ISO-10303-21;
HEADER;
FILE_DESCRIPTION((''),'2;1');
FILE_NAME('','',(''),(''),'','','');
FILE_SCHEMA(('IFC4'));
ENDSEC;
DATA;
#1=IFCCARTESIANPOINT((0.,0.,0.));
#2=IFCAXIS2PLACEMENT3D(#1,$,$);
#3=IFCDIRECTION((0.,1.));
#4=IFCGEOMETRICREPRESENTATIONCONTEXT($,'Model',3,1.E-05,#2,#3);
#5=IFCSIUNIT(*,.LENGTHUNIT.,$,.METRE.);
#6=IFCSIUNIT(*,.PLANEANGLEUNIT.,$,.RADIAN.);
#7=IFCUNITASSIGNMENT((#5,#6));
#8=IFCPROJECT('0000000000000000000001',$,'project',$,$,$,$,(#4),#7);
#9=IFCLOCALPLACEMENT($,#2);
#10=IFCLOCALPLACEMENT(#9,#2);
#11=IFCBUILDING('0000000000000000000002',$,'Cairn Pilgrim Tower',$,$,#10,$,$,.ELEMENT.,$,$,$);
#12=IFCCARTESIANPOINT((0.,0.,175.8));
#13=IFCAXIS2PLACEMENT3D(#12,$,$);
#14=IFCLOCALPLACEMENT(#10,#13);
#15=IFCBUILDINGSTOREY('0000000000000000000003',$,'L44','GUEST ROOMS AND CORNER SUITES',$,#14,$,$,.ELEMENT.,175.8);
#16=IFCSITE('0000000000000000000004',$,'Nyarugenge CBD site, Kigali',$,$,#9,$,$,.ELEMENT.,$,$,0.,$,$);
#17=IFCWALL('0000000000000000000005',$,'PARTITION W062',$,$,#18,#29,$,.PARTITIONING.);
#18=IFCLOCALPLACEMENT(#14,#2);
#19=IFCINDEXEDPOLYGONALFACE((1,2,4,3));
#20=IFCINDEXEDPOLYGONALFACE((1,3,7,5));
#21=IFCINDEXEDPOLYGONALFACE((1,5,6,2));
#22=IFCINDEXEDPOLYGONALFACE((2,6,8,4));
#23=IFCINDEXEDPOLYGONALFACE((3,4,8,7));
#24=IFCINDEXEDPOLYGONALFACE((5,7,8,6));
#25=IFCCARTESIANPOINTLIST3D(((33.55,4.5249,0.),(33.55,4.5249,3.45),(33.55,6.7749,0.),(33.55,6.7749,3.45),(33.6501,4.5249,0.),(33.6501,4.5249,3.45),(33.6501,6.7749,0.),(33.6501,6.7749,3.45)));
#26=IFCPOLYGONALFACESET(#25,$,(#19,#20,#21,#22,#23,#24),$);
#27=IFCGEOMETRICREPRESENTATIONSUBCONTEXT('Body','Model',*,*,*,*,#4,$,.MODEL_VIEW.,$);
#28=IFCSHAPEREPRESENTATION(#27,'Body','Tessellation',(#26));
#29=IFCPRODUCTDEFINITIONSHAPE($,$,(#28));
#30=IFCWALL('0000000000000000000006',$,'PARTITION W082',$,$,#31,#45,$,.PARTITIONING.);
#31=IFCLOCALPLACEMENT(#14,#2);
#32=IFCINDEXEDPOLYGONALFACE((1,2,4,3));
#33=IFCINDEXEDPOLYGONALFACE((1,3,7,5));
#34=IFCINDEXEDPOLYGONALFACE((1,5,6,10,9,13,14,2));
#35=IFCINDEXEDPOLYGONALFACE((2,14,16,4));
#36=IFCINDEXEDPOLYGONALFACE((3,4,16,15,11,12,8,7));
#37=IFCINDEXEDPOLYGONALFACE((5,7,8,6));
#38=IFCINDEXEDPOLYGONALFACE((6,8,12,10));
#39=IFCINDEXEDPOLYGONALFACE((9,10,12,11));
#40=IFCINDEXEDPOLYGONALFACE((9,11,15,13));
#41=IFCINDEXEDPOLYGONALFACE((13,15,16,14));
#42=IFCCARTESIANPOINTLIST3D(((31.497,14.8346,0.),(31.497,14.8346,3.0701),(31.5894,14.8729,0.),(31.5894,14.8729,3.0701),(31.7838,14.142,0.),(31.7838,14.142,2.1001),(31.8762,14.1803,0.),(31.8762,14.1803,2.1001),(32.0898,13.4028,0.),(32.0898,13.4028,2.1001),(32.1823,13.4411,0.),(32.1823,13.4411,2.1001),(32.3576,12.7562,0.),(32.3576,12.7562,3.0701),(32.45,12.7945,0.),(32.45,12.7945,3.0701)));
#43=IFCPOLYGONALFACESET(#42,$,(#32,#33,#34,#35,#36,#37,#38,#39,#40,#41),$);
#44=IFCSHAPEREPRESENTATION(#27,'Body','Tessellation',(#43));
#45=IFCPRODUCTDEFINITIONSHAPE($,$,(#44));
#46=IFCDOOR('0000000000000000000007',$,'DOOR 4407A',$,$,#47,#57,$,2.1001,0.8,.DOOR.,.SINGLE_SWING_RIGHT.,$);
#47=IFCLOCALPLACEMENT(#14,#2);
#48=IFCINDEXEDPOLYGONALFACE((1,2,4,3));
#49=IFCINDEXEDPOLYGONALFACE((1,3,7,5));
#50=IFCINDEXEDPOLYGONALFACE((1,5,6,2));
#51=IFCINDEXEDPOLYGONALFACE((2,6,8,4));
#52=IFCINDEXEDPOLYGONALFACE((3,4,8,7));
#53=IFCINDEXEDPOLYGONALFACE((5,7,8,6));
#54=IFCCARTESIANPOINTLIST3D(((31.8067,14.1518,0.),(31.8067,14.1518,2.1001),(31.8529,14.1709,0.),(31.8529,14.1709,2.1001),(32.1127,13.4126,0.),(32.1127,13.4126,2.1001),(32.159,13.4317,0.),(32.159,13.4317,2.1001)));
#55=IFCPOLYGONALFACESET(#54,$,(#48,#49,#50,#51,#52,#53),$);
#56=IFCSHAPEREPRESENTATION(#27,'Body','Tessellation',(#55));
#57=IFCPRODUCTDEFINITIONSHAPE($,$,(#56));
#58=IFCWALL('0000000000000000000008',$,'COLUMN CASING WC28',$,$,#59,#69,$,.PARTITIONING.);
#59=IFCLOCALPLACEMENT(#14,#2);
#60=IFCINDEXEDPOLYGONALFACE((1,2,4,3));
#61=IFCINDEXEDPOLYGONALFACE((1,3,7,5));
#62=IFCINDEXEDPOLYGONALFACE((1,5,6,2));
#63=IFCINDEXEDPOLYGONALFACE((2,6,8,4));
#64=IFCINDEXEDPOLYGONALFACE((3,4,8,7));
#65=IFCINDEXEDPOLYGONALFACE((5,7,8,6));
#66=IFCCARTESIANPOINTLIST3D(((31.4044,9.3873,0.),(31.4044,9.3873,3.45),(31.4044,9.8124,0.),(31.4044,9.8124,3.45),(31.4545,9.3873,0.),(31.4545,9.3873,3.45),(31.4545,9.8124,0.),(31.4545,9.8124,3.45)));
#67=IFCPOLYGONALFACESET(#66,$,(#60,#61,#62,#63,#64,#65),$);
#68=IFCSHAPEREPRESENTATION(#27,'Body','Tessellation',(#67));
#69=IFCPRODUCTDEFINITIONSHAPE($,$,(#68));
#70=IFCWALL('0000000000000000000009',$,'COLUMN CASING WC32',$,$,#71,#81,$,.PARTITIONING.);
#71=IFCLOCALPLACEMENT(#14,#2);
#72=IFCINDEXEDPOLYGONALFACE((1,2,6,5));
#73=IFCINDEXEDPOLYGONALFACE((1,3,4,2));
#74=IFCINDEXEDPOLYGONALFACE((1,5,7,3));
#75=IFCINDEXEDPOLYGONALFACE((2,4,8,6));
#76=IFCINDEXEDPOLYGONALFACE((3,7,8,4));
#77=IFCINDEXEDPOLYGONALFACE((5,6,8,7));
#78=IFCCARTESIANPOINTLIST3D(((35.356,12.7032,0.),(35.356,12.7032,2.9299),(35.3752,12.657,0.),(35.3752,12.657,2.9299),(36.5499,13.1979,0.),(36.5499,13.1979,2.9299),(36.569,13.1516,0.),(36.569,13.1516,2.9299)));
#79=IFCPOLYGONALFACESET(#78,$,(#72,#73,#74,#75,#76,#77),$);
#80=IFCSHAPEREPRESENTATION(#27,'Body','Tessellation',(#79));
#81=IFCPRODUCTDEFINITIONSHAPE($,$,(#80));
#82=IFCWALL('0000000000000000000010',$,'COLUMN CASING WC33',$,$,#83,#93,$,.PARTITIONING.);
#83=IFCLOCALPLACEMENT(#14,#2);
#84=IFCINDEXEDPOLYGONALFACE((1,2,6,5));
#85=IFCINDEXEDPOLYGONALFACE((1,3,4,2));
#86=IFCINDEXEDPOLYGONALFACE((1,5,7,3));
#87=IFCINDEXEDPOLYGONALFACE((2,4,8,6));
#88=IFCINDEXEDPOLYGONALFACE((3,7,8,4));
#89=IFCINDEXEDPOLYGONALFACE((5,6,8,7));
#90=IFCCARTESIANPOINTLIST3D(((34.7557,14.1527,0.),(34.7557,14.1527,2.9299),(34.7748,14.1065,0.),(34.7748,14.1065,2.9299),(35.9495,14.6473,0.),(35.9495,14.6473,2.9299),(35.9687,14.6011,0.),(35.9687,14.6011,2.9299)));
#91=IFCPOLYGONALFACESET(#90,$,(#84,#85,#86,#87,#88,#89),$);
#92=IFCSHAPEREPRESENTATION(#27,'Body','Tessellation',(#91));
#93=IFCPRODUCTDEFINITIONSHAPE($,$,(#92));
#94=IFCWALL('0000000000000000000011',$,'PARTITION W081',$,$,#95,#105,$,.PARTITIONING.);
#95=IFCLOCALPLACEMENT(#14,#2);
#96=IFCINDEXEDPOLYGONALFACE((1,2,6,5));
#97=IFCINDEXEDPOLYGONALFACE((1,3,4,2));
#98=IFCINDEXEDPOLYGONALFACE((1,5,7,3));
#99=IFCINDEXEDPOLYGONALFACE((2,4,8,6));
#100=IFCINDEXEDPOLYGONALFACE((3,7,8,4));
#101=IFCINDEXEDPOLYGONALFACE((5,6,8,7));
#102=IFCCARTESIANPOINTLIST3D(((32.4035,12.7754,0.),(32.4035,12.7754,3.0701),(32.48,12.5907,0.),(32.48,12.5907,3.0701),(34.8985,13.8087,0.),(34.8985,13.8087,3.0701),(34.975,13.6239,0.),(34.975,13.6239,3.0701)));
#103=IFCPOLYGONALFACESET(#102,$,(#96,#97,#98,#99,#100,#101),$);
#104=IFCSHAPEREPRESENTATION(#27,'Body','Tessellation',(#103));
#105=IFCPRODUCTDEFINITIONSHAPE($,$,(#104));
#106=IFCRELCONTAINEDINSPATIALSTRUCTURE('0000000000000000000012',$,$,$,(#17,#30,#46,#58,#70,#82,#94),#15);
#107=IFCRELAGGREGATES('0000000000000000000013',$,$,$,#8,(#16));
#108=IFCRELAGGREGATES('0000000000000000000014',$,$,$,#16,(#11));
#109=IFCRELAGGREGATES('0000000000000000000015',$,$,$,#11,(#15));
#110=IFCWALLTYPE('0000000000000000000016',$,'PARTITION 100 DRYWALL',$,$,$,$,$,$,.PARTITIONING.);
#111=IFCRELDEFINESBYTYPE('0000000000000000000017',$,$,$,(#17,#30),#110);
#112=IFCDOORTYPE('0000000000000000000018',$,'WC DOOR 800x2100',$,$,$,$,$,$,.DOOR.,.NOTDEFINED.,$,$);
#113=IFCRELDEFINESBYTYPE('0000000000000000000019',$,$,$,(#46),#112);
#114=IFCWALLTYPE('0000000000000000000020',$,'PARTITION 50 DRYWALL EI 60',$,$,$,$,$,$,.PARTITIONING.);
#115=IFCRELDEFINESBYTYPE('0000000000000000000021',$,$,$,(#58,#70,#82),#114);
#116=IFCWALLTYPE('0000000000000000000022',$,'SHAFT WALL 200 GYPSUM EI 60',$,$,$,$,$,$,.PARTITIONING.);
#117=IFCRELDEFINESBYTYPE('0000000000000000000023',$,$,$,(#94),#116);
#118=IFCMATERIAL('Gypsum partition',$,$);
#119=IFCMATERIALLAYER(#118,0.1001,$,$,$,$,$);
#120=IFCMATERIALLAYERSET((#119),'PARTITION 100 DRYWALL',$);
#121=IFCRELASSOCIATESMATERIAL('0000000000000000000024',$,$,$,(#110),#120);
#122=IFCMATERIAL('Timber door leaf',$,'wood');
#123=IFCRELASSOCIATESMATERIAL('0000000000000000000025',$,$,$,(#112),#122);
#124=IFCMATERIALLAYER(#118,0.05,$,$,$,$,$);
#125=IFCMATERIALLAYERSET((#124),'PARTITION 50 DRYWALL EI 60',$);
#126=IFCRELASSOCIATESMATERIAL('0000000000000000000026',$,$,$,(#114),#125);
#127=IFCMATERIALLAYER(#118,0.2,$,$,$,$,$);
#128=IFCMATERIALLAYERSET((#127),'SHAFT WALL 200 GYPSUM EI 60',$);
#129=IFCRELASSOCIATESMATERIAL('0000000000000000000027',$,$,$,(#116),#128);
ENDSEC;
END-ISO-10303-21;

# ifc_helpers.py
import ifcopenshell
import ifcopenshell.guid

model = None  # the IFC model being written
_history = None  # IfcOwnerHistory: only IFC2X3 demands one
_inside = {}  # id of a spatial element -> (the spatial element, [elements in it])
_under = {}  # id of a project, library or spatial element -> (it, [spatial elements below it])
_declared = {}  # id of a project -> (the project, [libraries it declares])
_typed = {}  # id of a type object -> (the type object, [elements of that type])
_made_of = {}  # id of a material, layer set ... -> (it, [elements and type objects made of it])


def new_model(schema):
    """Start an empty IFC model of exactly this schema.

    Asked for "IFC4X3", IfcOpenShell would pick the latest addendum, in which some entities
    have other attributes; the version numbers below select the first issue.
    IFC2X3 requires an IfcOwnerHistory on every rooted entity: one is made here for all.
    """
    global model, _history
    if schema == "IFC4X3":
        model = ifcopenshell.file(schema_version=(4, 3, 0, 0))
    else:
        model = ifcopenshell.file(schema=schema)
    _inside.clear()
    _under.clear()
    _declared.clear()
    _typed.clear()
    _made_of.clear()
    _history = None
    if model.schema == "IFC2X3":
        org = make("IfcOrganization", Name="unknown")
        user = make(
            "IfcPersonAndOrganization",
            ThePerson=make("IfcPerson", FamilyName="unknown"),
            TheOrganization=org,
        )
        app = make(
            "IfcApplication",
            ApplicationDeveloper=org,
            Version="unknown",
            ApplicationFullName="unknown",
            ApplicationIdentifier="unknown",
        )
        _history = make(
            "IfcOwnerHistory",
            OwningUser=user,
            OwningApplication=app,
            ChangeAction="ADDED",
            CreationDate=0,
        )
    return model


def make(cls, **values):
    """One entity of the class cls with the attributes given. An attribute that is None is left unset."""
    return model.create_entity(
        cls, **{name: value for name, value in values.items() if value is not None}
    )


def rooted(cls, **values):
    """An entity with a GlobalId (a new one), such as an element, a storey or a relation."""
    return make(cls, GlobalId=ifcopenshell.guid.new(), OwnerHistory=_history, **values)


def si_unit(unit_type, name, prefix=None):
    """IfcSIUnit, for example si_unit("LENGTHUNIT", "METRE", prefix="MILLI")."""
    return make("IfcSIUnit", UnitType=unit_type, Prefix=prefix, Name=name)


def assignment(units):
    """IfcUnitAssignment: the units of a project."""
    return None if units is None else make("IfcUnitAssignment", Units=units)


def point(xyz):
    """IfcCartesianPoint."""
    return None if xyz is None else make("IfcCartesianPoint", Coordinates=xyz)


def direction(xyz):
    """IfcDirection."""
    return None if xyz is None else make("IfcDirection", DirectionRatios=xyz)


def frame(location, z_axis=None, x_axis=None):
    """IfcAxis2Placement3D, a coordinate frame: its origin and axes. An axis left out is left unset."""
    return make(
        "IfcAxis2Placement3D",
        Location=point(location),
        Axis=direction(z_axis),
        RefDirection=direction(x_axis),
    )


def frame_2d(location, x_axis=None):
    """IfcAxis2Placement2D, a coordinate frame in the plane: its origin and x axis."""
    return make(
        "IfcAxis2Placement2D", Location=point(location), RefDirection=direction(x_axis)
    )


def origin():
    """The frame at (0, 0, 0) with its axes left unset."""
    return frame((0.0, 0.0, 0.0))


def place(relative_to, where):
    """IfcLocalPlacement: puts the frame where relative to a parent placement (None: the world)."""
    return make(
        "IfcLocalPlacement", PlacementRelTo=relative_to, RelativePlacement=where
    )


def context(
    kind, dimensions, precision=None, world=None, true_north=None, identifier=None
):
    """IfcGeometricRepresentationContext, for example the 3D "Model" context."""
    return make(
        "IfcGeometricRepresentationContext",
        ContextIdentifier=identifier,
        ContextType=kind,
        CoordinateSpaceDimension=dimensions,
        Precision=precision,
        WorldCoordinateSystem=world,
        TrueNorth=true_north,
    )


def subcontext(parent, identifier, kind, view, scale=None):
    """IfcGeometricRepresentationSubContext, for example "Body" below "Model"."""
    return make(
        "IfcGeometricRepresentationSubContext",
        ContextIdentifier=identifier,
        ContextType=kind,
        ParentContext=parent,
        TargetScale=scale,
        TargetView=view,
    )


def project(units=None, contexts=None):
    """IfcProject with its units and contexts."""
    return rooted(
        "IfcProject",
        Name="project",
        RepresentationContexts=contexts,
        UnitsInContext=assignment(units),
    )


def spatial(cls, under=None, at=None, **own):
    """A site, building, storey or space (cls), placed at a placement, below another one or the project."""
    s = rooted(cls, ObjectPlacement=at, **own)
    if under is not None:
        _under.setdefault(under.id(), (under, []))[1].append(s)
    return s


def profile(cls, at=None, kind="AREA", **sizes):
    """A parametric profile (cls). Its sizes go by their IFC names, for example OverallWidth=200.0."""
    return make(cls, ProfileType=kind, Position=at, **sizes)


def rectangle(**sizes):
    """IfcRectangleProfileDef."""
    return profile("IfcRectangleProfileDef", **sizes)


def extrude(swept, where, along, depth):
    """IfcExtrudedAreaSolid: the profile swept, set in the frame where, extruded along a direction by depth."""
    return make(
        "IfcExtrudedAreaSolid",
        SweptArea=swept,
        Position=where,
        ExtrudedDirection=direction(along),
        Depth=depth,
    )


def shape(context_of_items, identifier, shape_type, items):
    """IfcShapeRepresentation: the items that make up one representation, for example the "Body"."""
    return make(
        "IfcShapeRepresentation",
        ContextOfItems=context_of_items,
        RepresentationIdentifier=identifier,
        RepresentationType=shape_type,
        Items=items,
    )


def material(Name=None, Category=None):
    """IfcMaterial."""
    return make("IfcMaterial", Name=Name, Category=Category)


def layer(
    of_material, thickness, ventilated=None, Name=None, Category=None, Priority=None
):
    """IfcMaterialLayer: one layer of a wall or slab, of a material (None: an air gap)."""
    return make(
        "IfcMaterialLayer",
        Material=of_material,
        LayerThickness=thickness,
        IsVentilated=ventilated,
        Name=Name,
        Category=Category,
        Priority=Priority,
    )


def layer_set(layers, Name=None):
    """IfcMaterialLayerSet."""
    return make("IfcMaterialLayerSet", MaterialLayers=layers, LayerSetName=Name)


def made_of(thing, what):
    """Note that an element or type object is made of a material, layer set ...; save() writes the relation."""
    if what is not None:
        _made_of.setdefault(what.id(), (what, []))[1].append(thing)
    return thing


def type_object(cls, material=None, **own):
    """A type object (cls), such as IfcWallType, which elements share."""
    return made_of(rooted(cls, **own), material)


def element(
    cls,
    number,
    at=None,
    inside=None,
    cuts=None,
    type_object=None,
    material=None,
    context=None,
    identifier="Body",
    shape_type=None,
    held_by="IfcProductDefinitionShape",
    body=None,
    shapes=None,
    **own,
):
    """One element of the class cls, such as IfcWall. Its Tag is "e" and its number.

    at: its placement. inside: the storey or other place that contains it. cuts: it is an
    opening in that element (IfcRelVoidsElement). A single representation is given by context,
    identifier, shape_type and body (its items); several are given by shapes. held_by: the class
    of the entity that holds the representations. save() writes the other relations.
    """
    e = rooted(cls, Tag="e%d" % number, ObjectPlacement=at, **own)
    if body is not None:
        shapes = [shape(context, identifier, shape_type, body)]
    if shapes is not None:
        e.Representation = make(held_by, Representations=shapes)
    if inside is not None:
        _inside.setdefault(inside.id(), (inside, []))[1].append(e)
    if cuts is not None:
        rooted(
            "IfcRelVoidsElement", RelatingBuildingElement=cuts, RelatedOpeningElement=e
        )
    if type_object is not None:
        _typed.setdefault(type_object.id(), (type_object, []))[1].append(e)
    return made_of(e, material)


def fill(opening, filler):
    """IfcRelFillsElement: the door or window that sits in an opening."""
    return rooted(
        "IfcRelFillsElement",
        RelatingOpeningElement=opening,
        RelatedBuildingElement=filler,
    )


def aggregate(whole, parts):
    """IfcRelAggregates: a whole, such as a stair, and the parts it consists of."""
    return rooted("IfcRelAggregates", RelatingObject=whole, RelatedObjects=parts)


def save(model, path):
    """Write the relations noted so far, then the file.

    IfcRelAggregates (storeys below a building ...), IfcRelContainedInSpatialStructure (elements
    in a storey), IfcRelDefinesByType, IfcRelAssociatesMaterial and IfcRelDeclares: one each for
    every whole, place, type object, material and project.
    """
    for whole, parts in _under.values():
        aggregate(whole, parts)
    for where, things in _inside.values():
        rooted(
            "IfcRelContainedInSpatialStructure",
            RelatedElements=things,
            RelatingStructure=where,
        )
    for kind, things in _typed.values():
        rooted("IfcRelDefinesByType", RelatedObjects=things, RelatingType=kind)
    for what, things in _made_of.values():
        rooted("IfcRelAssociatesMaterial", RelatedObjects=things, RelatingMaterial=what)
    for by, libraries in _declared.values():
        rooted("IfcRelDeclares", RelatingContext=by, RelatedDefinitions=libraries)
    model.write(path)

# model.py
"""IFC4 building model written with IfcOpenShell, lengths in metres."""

from ifc_helpers import new_model, si_unit, direction, frame, frame_2d, origin, place, context, subcontext, project, spatial, rectangle, extrude, material, layer, layer_set, type_object, element, fill, save


model = new_model("IFC4")

# Units and contexts
model_context = context("Model", 3, precision=1e-05, world=origin(), true_north=direction((0.0, 1.0)))
body_context = subcontext(model_context, "Body", "Model", "MODEL_VIEW")
ifc_project = project(units=[si_unit("LENGTHUNIT", "METRE"), si_unit("PLANEANGLEUNIT", "RADIAN")], contexts=[model_context])

# Site, building, storey
site_placement = place(None, origin())
site = spatial("IfcSite", under=ifc_project, at=site_placement, Name="Nyarugenge CBD site, Kigali", CompositionType="ELEMENT", RefElevation=0.0)
building_placement = place(site_placement, origin())
building = spatial("IfcBuilding", under=site, at=building_placement, Name="Cairn Pilgrim Tower", CompositionType="ELEMENT")
storey_placement = place(building_placement, frame((0.0, 0.0, 175.8)))
storey = spatial("IfcBuildingStorey", under=building, at=storey_placement, Name="L44", Description="GUEST ROOMS AND CORNER SUITES", CompositionType="ELEMENT", Elevation=175.8)

# Wall
ifc_material_1 = material(Name="Gypsum partition")
ifc_layer_1 = layer(ifc_material_1, 0.1001)
ifc_layer_set_1 = layer_set([ifc_layer_1], Name="PARTITION 100 DRYWALL")
wall_type_1 = type_object("IfcWallType", Name="PARTITION 100 DRYWALL", PredefinedType="PARTITIONING", material=ifc_layer_set_1)
wall_1_placement = place(storey_placement, frame((33.6001, 4.5249, 0.0), z_axis=(0.0, 0.0, 1.0), x_axis=(0.0, 1.0, 0.0)))
element("IfcWall", 1, at=wall_1_placement, inside=storey, type_object=wall_type_1, Name="PARTITION W062", PredefinedType="PARTITIONING", context=body_context, shape_type="SweptSolid", body=[
    extrude(rectangle(XDim=2.25, YDim=0.1001, at=frame_2d((1.125, 0.0))), origin(), (0.0, 0.0, 1.0), 3.45),
])

# Wall, opening, door
wall_2_placement = place(storey_placement, frame((32.4038, 12.7754, 0.0), z_axis=(0.0, 0.0, 1.0), x_axis=(-0.382572, 0.923926, 0.0)))
wall_2 = element("IfcWall", 2, at=wall_2_placement, inside=storey, type_object=wall_type_1, Name="PARTITION W082", PredefinedType="PARTITIONING", context=body_context, shape_type="SweptSolid", body=[
    extrude(rectangle(XDim=2.2495, YDim=0.1001, at=frame_2d((1.1248, 0.0))), origin(), (0.0, 0.0, 1.0), 3.0701),
])
opening_1_placement = place(wall_2_placement, frame((0.7, 0.0, 0.0)))
opening_1 = element("IfcOpeningElement", 3, at=opening_1_placement, cuts=wall_2, PredefinedType="OPENING", context=body_context, shape_type="SweptSolid", body=[
    extrude(rectangle(XDim=0.8, YDim=2.1001, at=frame_2d((0.3999, 1.05))), frame((0.0, 0.0601, 0.0), z_axis=(0.0, -1.0, 0.0), x_axis=(1.0, 0.0, 0.0)), (0.0, 0.0, 1.0), 0.1201),
])
ifc_material_2 = material(Name="Timber door leaf", Category="wood")
door_type_1 = type_object("IfcDoorType", Name="WC DOOR 800x2100", OperationType="NOTDEFINED", PredefinedType="DOOR", material=ifc_material_2)
door_1_placement = place(opening_1_placement, frame((0.8, 0.0, 0.0), z_axis=(0.0, 0.0, 1.0), x_axis=(-1.0, 0.0, 0.0)))
door_1 = element("IfcDoor", 4, at=door_1_placement, inside=storey, type_object=door_type_1, Name="DOOR 4407A", OperationType="SINGLE_SWING_RIGHT", OverallHeight=2.1001, OverallWidth=0.8, PredefinedType="DOOR", context=body_context, shape_type="SweptSolid", body=[
    extrude(rectangle(XDim=0.8, YDim=2.1001, at=frame_2d((0.3999, 1.05))), frame((0.0, 0.0249, 0.0), z_axis=(0.0, -1.0, 0.0), x_axis=(1.0, 0.0, 0.0)), (0.0, 0.0, 1.0), 0.05),
])
fill(opening_1, door_1)

# Walls
ifc_layer_2 = layer(ifc_material_1, 0.05)
ifc_layer_set_2 = layer_set([ifc_layer_2], Name="PARTITION 50 DRYWALL EI 60")
wall_type_2 = type_object("IfcWallType", Name="PARTITION 50 DRYWALL EI 60", PredefinedType="PARTITIONING", material=ifc_layer_set_2)
wall_3_placement = place(storey_placement, frame((31.4294, 9.3875, 0.0), z_axis=(0.0, 0.0, 1.0), x_axis=(0.0, 1.0, 0.0)))
element("IfcWall", 5, at=wall_3_placement, inside=storey, type_object=wall_type_2, Name="COLUMN CASING WC28", PredefinedType="PARTITIONING", context=body_context, shape_type="SweptSolid", body=[
    extrude(rectangle(XDim=0.425, YDim=0.05, at=frame_2d((0.2124, 0.0))), origin(), (0.0, 0.0, 1.0), 3.45),
])
for number, where, z_axis, x_axis, name in (
    (6, (35.3657, 12.6802, 0.0), (0.0, 0.0, 1.0), (0.923846, 0.382763, 0.0), "COLUMN CASING WC32"),
    (7, (34.7654, 14.1296, 0.0), (0.0, 0.0, 1.0), (0.923846, 0.382763, 0.0), "COLUMN CASING WC33"),
):
    element("IfcWall", number, at=place(storey_placement, frame(where, z_axis=z_axis, x_axis=x_axis)), inside=storey, type_object=wall_type_2, Name=name, PredefinedType="PARTITIONING", context=body_context, shape_type="SweptSolid", body=[
        extrude(rectangle(XDim=1.2922, YDim=0.05, at=frame_2d((0.646, 0.0))), origin(), (0.0, 0.0, 1.0), 2.9299),
    ])
ifc_layer_3 = layer(ifc_material_1, 0.2)
ifc_layer_set_3 = layer_set([ifc_layer_3], Name="SHAFT WALL 200 GYPSUM EI 60")
wall_type_3 = type_object("IfcWallType", Name="SHAFT WALL 200 GYPSUM EI 60", PredefinedType="PARTITIONING", material=ifc_layer_set_3)
wall_4_placement = place(storey_placement, frame((32.4419, 12.6831, 0.0), z_axis=(0.0, 0.0, 1.0), x_axis=(0.923907, 0.382618, 0.0)))
element("IfcWall", 8, at=wall_4_placement, inside=storey, type_object=wall_type_3, Name="PARTITION W081", PredefinedType="PARTITIONING", context=body_context, shape_type="SweptSolid", body=[
    extrude(rectangle(XDim=2.7004, YDim=0.2, at=frame_2d((1.3501, 0.0))), origin(), (0.0, 0.0, 1.0), 3.0701),
])

save(model, "model.ifc")
